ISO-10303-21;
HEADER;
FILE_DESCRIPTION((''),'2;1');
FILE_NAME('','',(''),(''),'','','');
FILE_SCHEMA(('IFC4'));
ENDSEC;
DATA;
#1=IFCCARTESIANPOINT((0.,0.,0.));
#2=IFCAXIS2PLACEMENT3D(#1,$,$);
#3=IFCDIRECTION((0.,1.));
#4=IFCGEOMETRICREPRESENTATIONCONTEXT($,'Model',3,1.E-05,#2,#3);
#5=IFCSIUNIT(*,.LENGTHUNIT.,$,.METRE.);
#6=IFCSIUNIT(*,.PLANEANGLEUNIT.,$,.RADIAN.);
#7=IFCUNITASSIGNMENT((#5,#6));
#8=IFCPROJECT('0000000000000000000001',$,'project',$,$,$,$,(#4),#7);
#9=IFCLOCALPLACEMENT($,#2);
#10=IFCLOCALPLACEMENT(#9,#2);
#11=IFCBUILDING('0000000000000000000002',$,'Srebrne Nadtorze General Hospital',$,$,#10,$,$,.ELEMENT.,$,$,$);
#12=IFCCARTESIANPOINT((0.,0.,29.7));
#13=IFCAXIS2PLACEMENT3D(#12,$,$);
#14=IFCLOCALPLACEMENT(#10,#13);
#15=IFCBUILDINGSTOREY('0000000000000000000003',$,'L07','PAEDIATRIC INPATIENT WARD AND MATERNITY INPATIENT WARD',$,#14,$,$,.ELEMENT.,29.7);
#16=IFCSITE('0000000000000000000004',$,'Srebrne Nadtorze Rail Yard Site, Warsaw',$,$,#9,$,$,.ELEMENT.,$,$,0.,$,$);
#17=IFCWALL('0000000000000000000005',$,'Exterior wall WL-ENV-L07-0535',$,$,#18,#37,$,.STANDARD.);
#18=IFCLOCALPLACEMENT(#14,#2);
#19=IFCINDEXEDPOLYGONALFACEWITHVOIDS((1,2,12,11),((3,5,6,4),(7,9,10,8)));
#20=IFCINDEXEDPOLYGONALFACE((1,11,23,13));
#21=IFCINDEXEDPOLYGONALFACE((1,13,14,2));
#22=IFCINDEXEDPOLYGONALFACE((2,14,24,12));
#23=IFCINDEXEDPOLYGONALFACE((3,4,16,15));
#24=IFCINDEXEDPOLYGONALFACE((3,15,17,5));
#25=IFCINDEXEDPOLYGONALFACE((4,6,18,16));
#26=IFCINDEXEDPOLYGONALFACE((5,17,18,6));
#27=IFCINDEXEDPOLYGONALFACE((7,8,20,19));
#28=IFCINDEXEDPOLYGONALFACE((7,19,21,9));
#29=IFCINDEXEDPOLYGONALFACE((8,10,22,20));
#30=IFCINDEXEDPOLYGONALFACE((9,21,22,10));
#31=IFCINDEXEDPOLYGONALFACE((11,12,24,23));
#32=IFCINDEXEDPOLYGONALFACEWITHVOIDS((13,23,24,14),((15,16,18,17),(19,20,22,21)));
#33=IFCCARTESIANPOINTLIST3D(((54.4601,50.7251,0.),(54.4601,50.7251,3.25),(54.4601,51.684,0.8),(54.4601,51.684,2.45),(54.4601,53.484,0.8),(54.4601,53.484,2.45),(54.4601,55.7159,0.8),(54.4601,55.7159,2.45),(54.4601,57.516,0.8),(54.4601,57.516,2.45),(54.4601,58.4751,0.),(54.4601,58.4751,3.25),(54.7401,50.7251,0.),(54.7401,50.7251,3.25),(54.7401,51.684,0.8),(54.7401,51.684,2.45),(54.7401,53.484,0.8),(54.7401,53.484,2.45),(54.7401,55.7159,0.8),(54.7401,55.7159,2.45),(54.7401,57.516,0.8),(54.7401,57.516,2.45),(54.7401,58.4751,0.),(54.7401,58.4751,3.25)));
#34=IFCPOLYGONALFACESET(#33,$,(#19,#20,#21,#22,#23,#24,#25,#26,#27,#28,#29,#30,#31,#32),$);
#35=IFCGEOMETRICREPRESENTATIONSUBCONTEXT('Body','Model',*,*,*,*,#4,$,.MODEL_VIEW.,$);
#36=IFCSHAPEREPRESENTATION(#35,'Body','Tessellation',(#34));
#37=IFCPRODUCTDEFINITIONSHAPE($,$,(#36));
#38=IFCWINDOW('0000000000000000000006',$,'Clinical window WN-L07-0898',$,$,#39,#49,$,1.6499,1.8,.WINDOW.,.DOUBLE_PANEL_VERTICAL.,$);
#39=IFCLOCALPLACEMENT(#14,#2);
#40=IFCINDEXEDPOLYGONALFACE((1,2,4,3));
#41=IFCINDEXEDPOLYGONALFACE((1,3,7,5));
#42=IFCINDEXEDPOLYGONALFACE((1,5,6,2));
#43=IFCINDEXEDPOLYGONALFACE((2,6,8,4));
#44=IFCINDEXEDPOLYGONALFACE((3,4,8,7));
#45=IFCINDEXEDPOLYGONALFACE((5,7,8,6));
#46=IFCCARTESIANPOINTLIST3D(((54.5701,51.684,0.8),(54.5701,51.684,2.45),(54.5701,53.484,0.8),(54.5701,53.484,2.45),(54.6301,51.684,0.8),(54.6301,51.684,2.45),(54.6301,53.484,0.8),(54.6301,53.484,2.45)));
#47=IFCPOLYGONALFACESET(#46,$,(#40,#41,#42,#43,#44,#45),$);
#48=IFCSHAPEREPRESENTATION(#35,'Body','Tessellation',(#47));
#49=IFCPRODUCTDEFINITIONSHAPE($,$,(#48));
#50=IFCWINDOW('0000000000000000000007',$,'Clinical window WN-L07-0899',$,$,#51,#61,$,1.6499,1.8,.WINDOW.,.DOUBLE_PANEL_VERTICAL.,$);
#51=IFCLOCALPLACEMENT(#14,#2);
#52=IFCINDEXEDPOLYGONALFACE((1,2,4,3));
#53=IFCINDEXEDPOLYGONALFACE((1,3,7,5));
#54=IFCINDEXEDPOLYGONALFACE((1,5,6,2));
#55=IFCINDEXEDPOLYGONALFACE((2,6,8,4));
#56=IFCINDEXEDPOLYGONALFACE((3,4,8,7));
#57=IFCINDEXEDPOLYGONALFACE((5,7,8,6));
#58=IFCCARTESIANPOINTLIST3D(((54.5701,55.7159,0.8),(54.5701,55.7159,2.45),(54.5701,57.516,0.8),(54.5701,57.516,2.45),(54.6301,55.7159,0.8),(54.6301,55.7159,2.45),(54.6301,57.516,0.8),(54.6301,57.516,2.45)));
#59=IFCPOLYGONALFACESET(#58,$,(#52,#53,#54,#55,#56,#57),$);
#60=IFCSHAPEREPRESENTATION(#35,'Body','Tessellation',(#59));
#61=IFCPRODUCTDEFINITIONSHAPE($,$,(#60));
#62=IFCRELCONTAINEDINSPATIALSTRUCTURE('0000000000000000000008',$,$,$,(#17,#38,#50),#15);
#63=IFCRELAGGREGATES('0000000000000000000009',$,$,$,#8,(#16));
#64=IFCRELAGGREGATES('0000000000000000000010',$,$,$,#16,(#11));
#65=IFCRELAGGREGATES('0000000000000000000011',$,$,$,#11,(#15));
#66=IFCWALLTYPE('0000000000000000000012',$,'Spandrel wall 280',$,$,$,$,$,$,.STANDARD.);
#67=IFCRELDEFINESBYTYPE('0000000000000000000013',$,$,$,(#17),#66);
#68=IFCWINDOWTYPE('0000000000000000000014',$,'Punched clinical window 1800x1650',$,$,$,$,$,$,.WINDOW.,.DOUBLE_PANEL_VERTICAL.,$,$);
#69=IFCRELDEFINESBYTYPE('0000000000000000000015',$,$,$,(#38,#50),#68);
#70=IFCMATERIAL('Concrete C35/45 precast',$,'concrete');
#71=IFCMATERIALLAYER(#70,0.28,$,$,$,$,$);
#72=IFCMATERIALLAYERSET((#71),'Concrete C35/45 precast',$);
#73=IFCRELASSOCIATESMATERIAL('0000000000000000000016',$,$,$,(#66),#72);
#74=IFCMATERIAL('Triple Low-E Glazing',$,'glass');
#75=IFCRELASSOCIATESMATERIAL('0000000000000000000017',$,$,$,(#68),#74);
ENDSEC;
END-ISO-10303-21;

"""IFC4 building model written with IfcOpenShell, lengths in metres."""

from ifc_helpers import new_model, si_unit, direction, frame, frame_2d, origin, place, context, subcontext, project, spatial, rectangle, extrude, material, layer, layer_set, type_object, element, fill, save


model = new_model("IFC4")

# Units and contexts
model_context = context("Model", 3, precision=1e-05, world=origin(), true_north=direction((0.0, 1.0)))
body_context = subcontext(model_context, "Body", "Model", "MODEL_VIEW")
ifc_project = project(units=[si_unit("LENGTHUNIT", "METRE"), si_unit("PLANEANGLEUNIT", "RADIAN")], contexts=[model_context])

# Site, building, storey
site_placement = place(None, origin())
site = spatial("IfcSite", under=ifc_project, at=site_placement, Name="Srebrne Nadtorze Rail Yard Site, Warsaw", CompositionType="ELEMENT", RefElevation=0.0)
building_placement = place(site_placement, origin())
building = spatial("IfcBuilding", under=site, at=building_placement, Name="Srebrne Nadtorze General Hospital", CompositionType="ELEMENT")
storey_placement = place(building_placement, frame((0.0, 0.0, 29.7)))
storey = spatial("IfcBuildingStorey", under=building, at=storey_placement, Name="L07", Description="PAEDIATRIC INPATIENT WARD AND MATERNITY INPATIENT WARD", CompositionType="ELEMENT", Elevation=29.7)

# Wall, openings, windows
ifc_material_1 = material(Name="Concrete C35/45 precast", Category="concrete")
ifc_layer_1 = layer(ifc_material_1, 0.28)
ifc_layer_set_1 = layer_set([ifc_layer_1], Name="Concrete C35/45 precast")
wall_type_1 = type_object("IfcWallType", Name="Spandrel wall 280", PredefinedType="STANDARD", material=ifc_layer_set_1)
wall_1_placement = place(storey_placement, frame((54.6001, 50.7251, 0.0), z_axis=(0.0, 0.0, 1.0), x_axis=(0.0, 1.0, 0.0)))
wall_1 = element("IfcWall", 1, at=wall_1_placement, inside=storey, type_object=wall_type_1, Name="Exterior wall WL-ENV-L07-0535", PredefinedType="STANDARD", context=body_context, shape_type="SweptSolid", body=[
    extrude(rectangle(XDim=7.75, YDim=0.28, at=frame_2d((3.875, 0.0))), origin(), (0.0, 0.0, 1.0), 3.25),
])
opening_1_placement = place(wall_1_placement, frame((0.959, 0.0, 0.8)))
opening_1 = element("IfcOpeningElement", 2, at=opening_1_placement, cuts=wall_1, PredefinedType="OPENING", context=body_context, shape_type="SweptSolid", body=[
    extrude(rectangle(XDim=1.8, YDim=1.6499, at=frame_2d((0.8999, 0.825))), frame((0.0, 0.1519, 0.0), z_axis=(0.0, -1.0, 0.0), x_axis=(1.0, 0.0, 0.0)), (0.0, 0.0, 1.0), 0.304),
])
opening_2_placement = place(wall_1_placement, frame((4.991, 0.0, 0.8)))
opening_2 = element("IfcOpeningElement", 3, at=opening_2_placement, cuts=wall_1, PredefinedType="OPENING", context=body_context, shape_type="SweptSolid", body=[
    extrude(rectangle(XDim=1.8, YDim=1.6499, at=frame_2d((0.8999, 0.825))), frame((0.0, 0.1519, 0.0), z_axis=(0.0, -1.0, 0.0), x_axis=(1.0, 0.0, 0.0)), (0.0, 0.0, 1.0), 0.304),
])
ifc_material_2 = material(Name="Triple Low-E Glazing", Category="glass")
window_type = type_object("IfcWindowType", Name="Punched clinical window 1800x1650", PartitioningType="DOUBLE_PANEL_VERTICAL", PredefinedType="WINDOW", material=ifc_material_2)
window_1_placement = place(opening_1_placement, origin())
window_1 = element("IfcWindow", 4, at=window_1_placement, inside=storey, type_object=window_type, Name="Clinical window WN-L07-0898", OverallHeight=1.6499, OverallWidth=1.8, PartitioningType="DOUBLE_PANEL_VERTICAL", PredefinedType="WINDOW", context=body_context, shape_type="SweptSolid", body=[
    extrude(rectangle(XDim=1.8, YDim=1.6499, at=frame_2d((0.8999, 0.825))), frame((0.0, 0.03, 0.0), z_axis=(0.0, -1.0, 0.0), x_axis=(1.0, 0.0, 0.0)), (0.0, 0.0, 1.0), 0.0601),
])
fill(opening_1, window_1)
window_2_placement = place(opening_2_placement, origin())
window_2 = element("IfcWindow", 5, at=window_2_placement, inside=storey, type_object=window_type, Name="Clinical window WN-L07-0899", OverallHeight=1.6499, OverallWidth=1.8, PartitioningType="DOUBLE_PANEL_VERTICAL", PredefinedType="WINDOW", context=body_context, shape_type="SweptSolid", body=[
    extrude(rectangle(XDim=1.8, YDim=1.6499, at=frame_2d((0.8999, 0.825))), frame((0.0, 0.03, 0.0), z_axis=(0.0, -1.0, 0.0), x_axis=(1.0, 0.0, 0.0)), (0.0, 0.0, 1.0), 0.0601),
])
fill(opening_2, window_2)

save(model, "model.ifc")
